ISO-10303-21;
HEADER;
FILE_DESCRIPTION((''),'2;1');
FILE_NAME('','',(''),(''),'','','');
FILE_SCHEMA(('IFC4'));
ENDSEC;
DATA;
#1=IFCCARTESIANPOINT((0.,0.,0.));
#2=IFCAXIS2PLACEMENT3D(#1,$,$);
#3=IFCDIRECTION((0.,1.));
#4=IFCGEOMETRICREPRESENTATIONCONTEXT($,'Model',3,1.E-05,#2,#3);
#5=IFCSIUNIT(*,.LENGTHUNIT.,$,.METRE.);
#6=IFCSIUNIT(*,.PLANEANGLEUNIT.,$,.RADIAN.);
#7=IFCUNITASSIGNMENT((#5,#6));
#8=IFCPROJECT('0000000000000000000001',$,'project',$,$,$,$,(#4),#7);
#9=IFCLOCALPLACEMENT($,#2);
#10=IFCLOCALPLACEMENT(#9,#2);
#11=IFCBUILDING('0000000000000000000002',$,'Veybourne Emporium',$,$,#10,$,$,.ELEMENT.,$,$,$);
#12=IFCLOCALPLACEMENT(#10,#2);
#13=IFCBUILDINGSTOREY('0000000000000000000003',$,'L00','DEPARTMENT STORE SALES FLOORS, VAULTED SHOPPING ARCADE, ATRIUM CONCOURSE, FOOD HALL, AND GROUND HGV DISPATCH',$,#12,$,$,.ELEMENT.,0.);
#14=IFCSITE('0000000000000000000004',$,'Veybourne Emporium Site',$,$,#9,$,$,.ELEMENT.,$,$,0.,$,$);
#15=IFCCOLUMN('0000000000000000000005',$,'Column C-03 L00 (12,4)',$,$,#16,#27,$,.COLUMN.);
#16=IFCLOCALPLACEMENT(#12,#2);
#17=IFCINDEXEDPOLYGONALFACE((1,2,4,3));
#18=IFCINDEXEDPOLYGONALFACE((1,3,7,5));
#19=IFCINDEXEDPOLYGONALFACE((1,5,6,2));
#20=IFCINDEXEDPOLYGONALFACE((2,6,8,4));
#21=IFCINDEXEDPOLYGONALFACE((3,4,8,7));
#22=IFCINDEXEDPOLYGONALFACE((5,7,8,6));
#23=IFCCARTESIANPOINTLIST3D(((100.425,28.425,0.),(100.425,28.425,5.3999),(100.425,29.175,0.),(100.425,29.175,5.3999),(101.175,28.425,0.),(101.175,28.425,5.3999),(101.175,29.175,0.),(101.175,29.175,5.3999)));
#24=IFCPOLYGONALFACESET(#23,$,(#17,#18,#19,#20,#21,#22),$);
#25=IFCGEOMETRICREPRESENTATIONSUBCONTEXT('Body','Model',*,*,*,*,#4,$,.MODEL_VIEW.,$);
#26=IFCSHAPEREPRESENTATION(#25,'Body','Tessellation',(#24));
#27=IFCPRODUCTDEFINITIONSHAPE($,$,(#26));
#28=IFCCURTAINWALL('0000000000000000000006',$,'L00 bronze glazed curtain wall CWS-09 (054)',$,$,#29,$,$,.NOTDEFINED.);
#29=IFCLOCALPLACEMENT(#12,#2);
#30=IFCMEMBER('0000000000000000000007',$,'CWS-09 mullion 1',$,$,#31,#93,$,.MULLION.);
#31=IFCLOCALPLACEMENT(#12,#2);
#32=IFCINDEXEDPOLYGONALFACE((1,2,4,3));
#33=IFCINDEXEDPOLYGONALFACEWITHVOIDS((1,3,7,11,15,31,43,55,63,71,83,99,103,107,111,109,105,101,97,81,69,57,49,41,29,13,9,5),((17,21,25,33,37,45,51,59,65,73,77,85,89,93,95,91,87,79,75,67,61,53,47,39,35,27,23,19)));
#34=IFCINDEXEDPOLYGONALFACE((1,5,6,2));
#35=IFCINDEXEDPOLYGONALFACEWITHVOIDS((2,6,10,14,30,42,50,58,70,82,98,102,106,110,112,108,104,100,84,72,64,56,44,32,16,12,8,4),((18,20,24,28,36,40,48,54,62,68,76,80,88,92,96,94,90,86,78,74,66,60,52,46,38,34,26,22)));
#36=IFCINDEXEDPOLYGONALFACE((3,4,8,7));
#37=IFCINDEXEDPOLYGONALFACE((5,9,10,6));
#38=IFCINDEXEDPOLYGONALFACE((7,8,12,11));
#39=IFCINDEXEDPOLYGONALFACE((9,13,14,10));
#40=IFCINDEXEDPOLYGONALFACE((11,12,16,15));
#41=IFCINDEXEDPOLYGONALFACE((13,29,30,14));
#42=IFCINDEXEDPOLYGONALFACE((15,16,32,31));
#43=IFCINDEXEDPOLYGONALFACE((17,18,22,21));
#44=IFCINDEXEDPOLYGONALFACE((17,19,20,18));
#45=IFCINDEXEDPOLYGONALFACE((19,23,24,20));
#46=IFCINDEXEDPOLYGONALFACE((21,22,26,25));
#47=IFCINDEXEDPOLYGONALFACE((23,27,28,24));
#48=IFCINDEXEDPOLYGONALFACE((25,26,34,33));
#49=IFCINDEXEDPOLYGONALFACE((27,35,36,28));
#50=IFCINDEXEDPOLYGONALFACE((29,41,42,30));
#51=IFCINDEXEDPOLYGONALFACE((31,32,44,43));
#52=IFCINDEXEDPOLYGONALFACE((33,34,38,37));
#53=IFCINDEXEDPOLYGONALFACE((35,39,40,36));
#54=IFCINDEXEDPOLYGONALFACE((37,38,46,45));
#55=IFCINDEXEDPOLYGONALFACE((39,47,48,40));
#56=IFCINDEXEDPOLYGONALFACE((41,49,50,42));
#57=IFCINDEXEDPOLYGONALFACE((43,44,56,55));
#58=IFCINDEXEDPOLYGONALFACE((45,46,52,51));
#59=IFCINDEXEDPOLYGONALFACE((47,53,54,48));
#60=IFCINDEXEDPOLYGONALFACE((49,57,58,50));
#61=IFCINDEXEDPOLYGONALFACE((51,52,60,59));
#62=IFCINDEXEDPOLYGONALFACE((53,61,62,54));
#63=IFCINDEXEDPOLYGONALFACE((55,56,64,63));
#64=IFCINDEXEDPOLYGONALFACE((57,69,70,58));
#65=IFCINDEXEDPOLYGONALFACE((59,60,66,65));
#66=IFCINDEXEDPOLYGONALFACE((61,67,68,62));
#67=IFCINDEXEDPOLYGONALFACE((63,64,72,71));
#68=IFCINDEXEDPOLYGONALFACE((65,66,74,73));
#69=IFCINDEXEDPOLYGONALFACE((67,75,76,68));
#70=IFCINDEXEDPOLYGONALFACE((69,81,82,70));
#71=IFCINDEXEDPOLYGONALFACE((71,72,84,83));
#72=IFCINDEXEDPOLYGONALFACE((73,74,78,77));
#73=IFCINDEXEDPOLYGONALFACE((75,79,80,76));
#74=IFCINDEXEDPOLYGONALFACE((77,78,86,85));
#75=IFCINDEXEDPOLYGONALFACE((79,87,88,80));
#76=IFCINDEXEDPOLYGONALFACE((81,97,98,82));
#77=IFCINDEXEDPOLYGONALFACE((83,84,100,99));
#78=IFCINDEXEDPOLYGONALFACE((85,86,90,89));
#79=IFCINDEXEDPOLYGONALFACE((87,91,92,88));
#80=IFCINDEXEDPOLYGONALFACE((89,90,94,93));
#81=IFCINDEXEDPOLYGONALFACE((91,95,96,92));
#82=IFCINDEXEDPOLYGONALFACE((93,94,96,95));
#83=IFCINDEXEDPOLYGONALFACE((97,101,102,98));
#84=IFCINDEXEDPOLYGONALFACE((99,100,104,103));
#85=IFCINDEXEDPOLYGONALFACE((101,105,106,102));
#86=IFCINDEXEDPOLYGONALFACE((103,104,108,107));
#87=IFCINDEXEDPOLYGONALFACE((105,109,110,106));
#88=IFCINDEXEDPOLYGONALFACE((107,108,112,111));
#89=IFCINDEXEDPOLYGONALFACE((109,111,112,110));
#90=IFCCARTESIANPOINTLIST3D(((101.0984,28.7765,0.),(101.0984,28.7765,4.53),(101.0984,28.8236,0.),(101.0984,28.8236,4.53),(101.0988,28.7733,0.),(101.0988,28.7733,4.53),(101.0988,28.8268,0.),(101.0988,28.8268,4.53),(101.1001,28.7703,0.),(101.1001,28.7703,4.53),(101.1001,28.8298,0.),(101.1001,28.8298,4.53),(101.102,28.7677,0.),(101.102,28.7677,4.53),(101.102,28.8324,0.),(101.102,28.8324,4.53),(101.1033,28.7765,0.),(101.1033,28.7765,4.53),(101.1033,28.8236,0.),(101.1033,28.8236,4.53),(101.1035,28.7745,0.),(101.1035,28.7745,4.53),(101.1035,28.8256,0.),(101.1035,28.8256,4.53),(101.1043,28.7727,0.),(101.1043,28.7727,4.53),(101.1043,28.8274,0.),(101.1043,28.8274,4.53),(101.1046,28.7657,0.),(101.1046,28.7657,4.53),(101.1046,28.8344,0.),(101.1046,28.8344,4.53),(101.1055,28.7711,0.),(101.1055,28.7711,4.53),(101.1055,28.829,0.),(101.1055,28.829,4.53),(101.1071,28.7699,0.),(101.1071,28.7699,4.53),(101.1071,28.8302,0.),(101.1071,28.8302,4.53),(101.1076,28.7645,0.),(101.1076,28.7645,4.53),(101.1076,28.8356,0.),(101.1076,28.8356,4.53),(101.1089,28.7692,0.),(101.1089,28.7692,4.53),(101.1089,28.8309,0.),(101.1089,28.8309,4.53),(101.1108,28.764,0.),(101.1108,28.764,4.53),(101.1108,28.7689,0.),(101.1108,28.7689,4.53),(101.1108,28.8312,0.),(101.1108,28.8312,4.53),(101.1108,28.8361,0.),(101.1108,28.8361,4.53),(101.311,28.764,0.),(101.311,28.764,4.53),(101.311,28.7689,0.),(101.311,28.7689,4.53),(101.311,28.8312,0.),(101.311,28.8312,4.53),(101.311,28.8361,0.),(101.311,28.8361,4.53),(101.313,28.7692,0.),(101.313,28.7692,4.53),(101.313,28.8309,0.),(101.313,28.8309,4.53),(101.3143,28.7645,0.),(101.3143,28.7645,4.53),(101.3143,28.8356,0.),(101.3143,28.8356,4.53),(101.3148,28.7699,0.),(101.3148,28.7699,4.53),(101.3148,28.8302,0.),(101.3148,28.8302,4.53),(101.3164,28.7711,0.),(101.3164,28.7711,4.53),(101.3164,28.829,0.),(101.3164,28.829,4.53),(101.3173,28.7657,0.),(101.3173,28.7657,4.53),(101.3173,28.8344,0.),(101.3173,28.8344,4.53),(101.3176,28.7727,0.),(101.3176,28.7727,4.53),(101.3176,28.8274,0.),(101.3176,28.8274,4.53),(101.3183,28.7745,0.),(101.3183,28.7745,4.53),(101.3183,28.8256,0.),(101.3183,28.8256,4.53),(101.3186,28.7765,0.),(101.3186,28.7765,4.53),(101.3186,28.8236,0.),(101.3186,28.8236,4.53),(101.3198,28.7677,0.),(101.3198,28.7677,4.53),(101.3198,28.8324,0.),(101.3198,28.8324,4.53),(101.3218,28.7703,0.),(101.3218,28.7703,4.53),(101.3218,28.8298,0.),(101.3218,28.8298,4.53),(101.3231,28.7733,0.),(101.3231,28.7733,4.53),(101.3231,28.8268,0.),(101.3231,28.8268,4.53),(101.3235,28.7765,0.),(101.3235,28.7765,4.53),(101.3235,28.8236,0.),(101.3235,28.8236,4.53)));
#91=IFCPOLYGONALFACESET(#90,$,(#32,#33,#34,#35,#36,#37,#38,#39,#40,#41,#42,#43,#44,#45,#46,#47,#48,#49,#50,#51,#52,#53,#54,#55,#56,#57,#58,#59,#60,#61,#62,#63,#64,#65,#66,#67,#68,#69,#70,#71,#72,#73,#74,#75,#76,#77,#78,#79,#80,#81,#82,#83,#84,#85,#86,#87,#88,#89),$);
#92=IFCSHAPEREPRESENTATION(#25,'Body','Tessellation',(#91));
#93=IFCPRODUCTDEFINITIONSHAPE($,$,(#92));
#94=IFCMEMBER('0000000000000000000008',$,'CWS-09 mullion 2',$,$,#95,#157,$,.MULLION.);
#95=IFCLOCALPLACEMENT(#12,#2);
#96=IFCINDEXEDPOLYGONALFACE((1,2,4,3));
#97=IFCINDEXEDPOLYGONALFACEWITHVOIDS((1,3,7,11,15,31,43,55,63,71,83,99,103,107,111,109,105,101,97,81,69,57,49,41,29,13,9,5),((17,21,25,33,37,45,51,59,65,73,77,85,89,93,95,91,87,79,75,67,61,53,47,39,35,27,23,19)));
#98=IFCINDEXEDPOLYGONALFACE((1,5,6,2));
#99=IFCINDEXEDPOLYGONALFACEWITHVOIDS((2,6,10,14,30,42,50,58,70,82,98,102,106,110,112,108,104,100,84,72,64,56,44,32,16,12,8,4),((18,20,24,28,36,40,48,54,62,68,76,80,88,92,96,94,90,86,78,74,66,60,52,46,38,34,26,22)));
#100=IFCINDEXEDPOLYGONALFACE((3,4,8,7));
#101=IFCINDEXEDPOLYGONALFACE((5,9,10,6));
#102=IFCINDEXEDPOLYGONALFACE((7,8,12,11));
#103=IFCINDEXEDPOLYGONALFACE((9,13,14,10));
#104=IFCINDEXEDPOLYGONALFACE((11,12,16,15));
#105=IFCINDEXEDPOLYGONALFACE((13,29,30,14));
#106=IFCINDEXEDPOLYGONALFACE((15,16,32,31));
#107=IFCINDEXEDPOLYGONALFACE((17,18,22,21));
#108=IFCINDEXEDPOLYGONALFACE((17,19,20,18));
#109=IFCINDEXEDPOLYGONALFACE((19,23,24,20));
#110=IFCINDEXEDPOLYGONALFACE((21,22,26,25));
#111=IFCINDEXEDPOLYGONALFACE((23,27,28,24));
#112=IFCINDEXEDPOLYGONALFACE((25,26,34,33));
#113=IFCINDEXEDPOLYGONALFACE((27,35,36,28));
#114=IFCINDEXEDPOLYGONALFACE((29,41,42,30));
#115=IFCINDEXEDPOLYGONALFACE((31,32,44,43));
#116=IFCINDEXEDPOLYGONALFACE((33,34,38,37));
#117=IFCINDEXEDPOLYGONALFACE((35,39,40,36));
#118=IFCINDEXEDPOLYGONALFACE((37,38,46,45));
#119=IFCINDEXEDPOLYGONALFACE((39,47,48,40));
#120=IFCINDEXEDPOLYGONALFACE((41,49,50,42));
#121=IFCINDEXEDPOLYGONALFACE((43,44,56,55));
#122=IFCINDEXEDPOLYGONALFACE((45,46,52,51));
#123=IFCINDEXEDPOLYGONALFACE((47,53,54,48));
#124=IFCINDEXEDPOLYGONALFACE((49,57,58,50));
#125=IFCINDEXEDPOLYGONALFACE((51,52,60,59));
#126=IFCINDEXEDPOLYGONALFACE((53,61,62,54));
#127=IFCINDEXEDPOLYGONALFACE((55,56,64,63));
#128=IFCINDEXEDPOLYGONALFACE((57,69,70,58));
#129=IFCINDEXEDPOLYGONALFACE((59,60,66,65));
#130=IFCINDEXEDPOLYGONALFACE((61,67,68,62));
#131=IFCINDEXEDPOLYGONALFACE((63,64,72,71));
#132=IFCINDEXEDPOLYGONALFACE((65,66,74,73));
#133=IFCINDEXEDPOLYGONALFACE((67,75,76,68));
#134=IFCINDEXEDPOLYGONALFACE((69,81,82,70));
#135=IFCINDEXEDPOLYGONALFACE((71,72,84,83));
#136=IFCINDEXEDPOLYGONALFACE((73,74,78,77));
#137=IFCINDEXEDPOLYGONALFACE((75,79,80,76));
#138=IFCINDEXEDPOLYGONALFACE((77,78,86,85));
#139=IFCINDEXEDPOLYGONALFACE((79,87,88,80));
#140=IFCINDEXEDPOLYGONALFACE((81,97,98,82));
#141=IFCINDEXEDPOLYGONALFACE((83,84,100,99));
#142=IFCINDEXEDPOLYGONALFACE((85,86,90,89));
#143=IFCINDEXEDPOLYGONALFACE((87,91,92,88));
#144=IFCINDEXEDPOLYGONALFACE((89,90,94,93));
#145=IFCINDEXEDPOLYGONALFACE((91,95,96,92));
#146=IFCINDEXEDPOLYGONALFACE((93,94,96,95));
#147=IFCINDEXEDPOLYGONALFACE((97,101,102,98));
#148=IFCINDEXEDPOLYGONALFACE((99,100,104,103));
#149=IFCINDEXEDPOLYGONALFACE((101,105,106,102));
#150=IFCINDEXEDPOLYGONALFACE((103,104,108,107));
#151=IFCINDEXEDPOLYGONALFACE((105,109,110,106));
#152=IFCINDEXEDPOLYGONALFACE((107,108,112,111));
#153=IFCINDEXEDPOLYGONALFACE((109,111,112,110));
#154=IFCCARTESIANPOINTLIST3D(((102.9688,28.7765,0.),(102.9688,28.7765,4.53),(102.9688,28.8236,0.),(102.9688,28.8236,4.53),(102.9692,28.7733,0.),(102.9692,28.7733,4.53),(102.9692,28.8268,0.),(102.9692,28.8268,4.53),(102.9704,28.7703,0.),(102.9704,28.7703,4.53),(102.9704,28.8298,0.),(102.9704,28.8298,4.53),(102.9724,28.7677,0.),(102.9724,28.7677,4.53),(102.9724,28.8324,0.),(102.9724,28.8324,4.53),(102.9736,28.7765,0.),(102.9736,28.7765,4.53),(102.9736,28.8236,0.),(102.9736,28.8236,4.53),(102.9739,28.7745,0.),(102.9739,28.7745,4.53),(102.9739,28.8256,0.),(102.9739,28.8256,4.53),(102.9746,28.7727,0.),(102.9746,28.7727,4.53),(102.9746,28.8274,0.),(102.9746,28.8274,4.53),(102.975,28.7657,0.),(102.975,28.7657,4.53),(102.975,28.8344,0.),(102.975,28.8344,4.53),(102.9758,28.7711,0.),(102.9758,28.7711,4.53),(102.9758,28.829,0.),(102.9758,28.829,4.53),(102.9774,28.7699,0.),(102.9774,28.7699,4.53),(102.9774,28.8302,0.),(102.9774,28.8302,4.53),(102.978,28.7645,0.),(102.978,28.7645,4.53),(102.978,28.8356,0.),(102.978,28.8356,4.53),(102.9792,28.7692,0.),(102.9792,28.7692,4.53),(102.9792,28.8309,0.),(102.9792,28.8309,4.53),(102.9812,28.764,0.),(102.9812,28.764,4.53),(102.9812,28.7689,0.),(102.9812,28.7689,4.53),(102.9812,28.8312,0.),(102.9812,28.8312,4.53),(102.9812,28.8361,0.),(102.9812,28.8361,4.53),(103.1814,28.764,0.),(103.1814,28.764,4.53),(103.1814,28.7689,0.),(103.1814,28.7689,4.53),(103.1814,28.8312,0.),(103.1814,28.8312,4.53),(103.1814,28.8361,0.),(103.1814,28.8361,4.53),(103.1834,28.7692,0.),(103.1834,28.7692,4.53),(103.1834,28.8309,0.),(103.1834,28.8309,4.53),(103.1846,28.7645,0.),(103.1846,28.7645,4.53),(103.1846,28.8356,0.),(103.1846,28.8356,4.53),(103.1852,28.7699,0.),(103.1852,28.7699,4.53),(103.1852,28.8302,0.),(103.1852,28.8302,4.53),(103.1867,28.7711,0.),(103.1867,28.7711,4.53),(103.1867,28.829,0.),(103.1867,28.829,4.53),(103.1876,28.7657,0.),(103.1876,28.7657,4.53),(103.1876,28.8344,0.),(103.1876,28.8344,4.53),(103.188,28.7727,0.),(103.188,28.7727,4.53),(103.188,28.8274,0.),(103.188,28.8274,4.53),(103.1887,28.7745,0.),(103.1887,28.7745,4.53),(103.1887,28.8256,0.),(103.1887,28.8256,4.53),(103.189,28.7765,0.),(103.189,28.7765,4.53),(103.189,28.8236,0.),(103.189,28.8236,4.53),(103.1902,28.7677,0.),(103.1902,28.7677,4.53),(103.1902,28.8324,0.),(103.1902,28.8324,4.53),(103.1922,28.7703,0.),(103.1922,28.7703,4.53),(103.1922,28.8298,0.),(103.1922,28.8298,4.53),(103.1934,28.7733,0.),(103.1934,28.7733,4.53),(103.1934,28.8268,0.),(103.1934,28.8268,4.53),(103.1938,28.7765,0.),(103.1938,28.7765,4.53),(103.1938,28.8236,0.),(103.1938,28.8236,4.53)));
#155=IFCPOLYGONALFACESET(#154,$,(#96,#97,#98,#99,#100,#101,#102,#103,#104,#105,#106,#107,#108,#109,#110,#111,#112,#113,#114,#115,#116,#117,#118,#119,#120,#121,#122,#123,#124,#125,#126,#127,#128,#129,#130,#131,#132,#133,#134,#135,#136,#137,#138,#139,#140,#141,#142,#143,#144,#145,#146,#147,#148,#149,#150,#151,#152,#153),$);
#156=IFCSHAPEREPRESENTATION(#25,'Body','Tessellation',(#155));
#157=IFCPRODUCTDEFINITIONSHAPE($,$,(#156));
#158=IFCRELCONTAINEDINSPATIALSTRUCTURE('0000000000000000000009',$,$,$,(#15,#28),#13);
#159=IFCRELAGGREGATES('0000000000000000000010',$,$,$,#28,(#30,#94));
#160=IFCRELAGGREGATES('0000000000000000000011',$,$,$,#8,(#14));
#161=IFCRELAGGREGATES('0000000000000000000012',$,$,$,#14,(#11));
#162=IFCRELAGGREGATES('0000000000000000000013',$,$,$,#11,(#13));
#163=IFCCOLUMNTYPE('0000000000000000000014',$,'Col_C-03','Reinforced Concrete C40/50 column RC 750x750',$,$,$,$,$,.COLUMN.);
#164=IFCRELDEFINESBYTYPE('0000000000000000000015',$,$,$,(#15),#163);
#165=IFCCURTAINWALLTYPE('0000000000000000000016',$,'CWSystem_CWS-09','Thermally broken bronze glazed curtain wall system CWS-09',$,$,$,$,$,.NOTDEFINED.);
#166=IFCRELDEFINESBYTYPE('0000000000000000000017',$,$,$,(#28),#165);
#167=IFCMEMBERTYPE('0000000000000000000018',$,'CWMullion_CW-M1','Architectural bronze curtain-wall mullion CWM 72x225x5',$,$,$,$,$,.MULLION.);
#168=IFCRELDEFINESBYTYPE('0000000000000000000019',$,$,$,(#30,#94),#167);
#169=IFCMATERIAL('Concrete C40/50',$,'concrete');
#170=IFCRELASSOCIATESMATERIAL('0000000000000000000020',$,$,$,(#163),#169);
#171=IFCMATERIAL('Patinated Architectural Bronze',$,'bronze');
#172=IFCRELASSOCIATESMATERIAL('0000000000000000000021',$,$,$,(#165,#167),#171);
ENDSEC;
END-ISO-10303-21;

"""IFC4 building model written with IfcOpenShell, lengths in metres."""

from ifc_helpers import new_model, si_unit, direction, frame, origin, origin_2d, place, context, subcontext, project, spatial, rectangle, hollow_rectangle, extrude, material, material_profile, profile_set, type_object, element, aggregate, save


model = new_model("IFC4")

# Units and contexts
model_context = context("Model", 3, precision=1e-05, world=origin(), true_north=direction((0.0, 1.0)))
body_context = subcontext(model_context, "Body", "Model", "MODEL_VIEW")
ifc_project = project(units=[si_unit("LENGTHUNIT", "METRE"), si_unit("PLANEANGLEUNIT", "RADIAN")], contexts=[model_context])

# Site, building, storey
site_placement = place(None, origin())
site = spatial("IfcSite", under=ifc_project, at=site_placement, Name="Veybourne Emporium Site", CompositionType="ELEMENT", RefElevation=0.0)
building_placement = place(site_placement, origin())
building = spatial("IfcBuilding", under=site, at=building_placement, Name="Veybourne Emporium", CompositionType="ELEMENT")
storey_placement = place(building_placement, origin())
storey = spatial("IfcBuildingStorey", under=building, at=storey_placement, Name="L00", Description="DEPARTMENT STORE SALES FLOORS, VAULTED SHOPPING ARCADE, ATRIUM CONCOURSE, FOOD HALL, AND GROUND HGV DISPATCH", CompositionType="ELEMENT", Elevation=0.0)

# Column
ifc_material_1 = material(Name="Concrete C40/50", Category="concrete")
ifc_material_profile_1 = material_profile(ifc_material_1, rectangle(XDim=0.75, YDim=0.75, at=origin_2d()), Name="RC 750x750")
ifc_profile_set_1 = profile_set([ifc_material_profile_1], Name="Concrete C40/50")
column_type = type_object("IfcColumnType", Name="Col_C-03", Description="Reinforced Concrete C40/50 column RC 750x750", PredefinedType="COLUMN", material=ifc_profile_set_1)
column_placement = place(storey_placement, frame((100.8, 28.8, 0.0), z_axis=(0.0, 0.0, 1.0), x_axis=(1.0, 0.0, 0.0)))
element("IfcColumn", 1, at=column_placement, inside=storey, type_object=column_type, Name="Column C-03 L00 (12,4)", PredefinedType="COLUMN", context=body_context, shape_type="SweptSolid", body=[
    extrude(rectangle(XDim=0.75, YDim=0.75, at=origin_2d()), origin(), (0.0, 0.0, 1.0), 5.3999),
])

# Curtain wall, members
ifc_material_2 = material(Name="Patinated Architectural Bronze", Category="bronze")
curtain_wall_type_1 = type_object("IfcCurtainWallType", Name="CWSystem_CWS-09", Description="Thermally broken bronze glazed curtain wall system CWS-09", PredefinedType="NOTDEFINED", material=ifc_material_2)
curtain_wall_1_placement = place(storey_placement, origin())
curtain_wall_1 = element("IfcCurtainWall", 2, at=curtain_wall_1_placement, inside=storey, type_object=curtain_wall_type_1, Name="L00 bronze glazed curtain wall CWS-09 (054)", PredefinedType="NOTDEFINED")
ifc_material_profile_2 = material_profile(ifc_material_2, hollow_rectangle(XDim=0.072, YDim=0.2251, WallThickness=0.0049, InnerFilletRadius=0.0076, OuterFilletRadius=0.0125, at=origin_2d()), Name="CWM 72x225x5")
ifc_profile_set_2 = profile_set([ifc_material_profile_2], Name="Patinated Architectural Bronze")
member_type_1 = type_object("IfcMemberType", Name="CWMullion_CW-M1", Description="Architectural bronze curtain-wall mullion CWM 72x225x5", PredefinedType="MULLION", material=ifc_profile_set_2)
member_1_placement = place(storey_placement, frame((101.2109, 28.8, 0.0), z_axis=(0.0, 0.0, 1.0), x_axis=(0.0, 1.0, 0.0)))
member_1 = element("IfcMember", 3, at=member_1_placement, type_object=member_type_1, Name="CWS-09 mullion 1", PredefinedType="MULLION", context=body_context, shape_type="SweptSolid", body=[
    extrude(hollow_rectangle(XDim=0.072, YDim=0.2251, WallThickness=0.0049, InnerFilletRadius=0.0076, OuterFilletRadius=0.0125, at=origin_2d()), origin(), (0.0, 0.0, 1.0), 4.53),
])
member_2_placement = place(storey_placement, frame((103.0813, 28.8, 0.0), z_axis=(0.0, 0.0, 1.0), x_axis=(0.0, 1.0, 0.0)))
member_2 = element("IfcMember", 4, at=member_2_placement, type_object=member_type_1, Name="CWS-09 mullion 2", PredefinedType="MULLION", context=body_context, shape_type="SweptSolid", body=[
    extrude(hollow_rectangle(XDim=0.072, YDim=0.2251, WallThickness=0.0049, InnerFilletRadius=0.0076, OuterFilletRadius=0.0125, at=origin_2d()), origin(), (0.0, 0.0, 1.0), 4.53),
])

aggregate(curtain_wall_1, [member_1, member_2])

save(model, "model.ifc")
